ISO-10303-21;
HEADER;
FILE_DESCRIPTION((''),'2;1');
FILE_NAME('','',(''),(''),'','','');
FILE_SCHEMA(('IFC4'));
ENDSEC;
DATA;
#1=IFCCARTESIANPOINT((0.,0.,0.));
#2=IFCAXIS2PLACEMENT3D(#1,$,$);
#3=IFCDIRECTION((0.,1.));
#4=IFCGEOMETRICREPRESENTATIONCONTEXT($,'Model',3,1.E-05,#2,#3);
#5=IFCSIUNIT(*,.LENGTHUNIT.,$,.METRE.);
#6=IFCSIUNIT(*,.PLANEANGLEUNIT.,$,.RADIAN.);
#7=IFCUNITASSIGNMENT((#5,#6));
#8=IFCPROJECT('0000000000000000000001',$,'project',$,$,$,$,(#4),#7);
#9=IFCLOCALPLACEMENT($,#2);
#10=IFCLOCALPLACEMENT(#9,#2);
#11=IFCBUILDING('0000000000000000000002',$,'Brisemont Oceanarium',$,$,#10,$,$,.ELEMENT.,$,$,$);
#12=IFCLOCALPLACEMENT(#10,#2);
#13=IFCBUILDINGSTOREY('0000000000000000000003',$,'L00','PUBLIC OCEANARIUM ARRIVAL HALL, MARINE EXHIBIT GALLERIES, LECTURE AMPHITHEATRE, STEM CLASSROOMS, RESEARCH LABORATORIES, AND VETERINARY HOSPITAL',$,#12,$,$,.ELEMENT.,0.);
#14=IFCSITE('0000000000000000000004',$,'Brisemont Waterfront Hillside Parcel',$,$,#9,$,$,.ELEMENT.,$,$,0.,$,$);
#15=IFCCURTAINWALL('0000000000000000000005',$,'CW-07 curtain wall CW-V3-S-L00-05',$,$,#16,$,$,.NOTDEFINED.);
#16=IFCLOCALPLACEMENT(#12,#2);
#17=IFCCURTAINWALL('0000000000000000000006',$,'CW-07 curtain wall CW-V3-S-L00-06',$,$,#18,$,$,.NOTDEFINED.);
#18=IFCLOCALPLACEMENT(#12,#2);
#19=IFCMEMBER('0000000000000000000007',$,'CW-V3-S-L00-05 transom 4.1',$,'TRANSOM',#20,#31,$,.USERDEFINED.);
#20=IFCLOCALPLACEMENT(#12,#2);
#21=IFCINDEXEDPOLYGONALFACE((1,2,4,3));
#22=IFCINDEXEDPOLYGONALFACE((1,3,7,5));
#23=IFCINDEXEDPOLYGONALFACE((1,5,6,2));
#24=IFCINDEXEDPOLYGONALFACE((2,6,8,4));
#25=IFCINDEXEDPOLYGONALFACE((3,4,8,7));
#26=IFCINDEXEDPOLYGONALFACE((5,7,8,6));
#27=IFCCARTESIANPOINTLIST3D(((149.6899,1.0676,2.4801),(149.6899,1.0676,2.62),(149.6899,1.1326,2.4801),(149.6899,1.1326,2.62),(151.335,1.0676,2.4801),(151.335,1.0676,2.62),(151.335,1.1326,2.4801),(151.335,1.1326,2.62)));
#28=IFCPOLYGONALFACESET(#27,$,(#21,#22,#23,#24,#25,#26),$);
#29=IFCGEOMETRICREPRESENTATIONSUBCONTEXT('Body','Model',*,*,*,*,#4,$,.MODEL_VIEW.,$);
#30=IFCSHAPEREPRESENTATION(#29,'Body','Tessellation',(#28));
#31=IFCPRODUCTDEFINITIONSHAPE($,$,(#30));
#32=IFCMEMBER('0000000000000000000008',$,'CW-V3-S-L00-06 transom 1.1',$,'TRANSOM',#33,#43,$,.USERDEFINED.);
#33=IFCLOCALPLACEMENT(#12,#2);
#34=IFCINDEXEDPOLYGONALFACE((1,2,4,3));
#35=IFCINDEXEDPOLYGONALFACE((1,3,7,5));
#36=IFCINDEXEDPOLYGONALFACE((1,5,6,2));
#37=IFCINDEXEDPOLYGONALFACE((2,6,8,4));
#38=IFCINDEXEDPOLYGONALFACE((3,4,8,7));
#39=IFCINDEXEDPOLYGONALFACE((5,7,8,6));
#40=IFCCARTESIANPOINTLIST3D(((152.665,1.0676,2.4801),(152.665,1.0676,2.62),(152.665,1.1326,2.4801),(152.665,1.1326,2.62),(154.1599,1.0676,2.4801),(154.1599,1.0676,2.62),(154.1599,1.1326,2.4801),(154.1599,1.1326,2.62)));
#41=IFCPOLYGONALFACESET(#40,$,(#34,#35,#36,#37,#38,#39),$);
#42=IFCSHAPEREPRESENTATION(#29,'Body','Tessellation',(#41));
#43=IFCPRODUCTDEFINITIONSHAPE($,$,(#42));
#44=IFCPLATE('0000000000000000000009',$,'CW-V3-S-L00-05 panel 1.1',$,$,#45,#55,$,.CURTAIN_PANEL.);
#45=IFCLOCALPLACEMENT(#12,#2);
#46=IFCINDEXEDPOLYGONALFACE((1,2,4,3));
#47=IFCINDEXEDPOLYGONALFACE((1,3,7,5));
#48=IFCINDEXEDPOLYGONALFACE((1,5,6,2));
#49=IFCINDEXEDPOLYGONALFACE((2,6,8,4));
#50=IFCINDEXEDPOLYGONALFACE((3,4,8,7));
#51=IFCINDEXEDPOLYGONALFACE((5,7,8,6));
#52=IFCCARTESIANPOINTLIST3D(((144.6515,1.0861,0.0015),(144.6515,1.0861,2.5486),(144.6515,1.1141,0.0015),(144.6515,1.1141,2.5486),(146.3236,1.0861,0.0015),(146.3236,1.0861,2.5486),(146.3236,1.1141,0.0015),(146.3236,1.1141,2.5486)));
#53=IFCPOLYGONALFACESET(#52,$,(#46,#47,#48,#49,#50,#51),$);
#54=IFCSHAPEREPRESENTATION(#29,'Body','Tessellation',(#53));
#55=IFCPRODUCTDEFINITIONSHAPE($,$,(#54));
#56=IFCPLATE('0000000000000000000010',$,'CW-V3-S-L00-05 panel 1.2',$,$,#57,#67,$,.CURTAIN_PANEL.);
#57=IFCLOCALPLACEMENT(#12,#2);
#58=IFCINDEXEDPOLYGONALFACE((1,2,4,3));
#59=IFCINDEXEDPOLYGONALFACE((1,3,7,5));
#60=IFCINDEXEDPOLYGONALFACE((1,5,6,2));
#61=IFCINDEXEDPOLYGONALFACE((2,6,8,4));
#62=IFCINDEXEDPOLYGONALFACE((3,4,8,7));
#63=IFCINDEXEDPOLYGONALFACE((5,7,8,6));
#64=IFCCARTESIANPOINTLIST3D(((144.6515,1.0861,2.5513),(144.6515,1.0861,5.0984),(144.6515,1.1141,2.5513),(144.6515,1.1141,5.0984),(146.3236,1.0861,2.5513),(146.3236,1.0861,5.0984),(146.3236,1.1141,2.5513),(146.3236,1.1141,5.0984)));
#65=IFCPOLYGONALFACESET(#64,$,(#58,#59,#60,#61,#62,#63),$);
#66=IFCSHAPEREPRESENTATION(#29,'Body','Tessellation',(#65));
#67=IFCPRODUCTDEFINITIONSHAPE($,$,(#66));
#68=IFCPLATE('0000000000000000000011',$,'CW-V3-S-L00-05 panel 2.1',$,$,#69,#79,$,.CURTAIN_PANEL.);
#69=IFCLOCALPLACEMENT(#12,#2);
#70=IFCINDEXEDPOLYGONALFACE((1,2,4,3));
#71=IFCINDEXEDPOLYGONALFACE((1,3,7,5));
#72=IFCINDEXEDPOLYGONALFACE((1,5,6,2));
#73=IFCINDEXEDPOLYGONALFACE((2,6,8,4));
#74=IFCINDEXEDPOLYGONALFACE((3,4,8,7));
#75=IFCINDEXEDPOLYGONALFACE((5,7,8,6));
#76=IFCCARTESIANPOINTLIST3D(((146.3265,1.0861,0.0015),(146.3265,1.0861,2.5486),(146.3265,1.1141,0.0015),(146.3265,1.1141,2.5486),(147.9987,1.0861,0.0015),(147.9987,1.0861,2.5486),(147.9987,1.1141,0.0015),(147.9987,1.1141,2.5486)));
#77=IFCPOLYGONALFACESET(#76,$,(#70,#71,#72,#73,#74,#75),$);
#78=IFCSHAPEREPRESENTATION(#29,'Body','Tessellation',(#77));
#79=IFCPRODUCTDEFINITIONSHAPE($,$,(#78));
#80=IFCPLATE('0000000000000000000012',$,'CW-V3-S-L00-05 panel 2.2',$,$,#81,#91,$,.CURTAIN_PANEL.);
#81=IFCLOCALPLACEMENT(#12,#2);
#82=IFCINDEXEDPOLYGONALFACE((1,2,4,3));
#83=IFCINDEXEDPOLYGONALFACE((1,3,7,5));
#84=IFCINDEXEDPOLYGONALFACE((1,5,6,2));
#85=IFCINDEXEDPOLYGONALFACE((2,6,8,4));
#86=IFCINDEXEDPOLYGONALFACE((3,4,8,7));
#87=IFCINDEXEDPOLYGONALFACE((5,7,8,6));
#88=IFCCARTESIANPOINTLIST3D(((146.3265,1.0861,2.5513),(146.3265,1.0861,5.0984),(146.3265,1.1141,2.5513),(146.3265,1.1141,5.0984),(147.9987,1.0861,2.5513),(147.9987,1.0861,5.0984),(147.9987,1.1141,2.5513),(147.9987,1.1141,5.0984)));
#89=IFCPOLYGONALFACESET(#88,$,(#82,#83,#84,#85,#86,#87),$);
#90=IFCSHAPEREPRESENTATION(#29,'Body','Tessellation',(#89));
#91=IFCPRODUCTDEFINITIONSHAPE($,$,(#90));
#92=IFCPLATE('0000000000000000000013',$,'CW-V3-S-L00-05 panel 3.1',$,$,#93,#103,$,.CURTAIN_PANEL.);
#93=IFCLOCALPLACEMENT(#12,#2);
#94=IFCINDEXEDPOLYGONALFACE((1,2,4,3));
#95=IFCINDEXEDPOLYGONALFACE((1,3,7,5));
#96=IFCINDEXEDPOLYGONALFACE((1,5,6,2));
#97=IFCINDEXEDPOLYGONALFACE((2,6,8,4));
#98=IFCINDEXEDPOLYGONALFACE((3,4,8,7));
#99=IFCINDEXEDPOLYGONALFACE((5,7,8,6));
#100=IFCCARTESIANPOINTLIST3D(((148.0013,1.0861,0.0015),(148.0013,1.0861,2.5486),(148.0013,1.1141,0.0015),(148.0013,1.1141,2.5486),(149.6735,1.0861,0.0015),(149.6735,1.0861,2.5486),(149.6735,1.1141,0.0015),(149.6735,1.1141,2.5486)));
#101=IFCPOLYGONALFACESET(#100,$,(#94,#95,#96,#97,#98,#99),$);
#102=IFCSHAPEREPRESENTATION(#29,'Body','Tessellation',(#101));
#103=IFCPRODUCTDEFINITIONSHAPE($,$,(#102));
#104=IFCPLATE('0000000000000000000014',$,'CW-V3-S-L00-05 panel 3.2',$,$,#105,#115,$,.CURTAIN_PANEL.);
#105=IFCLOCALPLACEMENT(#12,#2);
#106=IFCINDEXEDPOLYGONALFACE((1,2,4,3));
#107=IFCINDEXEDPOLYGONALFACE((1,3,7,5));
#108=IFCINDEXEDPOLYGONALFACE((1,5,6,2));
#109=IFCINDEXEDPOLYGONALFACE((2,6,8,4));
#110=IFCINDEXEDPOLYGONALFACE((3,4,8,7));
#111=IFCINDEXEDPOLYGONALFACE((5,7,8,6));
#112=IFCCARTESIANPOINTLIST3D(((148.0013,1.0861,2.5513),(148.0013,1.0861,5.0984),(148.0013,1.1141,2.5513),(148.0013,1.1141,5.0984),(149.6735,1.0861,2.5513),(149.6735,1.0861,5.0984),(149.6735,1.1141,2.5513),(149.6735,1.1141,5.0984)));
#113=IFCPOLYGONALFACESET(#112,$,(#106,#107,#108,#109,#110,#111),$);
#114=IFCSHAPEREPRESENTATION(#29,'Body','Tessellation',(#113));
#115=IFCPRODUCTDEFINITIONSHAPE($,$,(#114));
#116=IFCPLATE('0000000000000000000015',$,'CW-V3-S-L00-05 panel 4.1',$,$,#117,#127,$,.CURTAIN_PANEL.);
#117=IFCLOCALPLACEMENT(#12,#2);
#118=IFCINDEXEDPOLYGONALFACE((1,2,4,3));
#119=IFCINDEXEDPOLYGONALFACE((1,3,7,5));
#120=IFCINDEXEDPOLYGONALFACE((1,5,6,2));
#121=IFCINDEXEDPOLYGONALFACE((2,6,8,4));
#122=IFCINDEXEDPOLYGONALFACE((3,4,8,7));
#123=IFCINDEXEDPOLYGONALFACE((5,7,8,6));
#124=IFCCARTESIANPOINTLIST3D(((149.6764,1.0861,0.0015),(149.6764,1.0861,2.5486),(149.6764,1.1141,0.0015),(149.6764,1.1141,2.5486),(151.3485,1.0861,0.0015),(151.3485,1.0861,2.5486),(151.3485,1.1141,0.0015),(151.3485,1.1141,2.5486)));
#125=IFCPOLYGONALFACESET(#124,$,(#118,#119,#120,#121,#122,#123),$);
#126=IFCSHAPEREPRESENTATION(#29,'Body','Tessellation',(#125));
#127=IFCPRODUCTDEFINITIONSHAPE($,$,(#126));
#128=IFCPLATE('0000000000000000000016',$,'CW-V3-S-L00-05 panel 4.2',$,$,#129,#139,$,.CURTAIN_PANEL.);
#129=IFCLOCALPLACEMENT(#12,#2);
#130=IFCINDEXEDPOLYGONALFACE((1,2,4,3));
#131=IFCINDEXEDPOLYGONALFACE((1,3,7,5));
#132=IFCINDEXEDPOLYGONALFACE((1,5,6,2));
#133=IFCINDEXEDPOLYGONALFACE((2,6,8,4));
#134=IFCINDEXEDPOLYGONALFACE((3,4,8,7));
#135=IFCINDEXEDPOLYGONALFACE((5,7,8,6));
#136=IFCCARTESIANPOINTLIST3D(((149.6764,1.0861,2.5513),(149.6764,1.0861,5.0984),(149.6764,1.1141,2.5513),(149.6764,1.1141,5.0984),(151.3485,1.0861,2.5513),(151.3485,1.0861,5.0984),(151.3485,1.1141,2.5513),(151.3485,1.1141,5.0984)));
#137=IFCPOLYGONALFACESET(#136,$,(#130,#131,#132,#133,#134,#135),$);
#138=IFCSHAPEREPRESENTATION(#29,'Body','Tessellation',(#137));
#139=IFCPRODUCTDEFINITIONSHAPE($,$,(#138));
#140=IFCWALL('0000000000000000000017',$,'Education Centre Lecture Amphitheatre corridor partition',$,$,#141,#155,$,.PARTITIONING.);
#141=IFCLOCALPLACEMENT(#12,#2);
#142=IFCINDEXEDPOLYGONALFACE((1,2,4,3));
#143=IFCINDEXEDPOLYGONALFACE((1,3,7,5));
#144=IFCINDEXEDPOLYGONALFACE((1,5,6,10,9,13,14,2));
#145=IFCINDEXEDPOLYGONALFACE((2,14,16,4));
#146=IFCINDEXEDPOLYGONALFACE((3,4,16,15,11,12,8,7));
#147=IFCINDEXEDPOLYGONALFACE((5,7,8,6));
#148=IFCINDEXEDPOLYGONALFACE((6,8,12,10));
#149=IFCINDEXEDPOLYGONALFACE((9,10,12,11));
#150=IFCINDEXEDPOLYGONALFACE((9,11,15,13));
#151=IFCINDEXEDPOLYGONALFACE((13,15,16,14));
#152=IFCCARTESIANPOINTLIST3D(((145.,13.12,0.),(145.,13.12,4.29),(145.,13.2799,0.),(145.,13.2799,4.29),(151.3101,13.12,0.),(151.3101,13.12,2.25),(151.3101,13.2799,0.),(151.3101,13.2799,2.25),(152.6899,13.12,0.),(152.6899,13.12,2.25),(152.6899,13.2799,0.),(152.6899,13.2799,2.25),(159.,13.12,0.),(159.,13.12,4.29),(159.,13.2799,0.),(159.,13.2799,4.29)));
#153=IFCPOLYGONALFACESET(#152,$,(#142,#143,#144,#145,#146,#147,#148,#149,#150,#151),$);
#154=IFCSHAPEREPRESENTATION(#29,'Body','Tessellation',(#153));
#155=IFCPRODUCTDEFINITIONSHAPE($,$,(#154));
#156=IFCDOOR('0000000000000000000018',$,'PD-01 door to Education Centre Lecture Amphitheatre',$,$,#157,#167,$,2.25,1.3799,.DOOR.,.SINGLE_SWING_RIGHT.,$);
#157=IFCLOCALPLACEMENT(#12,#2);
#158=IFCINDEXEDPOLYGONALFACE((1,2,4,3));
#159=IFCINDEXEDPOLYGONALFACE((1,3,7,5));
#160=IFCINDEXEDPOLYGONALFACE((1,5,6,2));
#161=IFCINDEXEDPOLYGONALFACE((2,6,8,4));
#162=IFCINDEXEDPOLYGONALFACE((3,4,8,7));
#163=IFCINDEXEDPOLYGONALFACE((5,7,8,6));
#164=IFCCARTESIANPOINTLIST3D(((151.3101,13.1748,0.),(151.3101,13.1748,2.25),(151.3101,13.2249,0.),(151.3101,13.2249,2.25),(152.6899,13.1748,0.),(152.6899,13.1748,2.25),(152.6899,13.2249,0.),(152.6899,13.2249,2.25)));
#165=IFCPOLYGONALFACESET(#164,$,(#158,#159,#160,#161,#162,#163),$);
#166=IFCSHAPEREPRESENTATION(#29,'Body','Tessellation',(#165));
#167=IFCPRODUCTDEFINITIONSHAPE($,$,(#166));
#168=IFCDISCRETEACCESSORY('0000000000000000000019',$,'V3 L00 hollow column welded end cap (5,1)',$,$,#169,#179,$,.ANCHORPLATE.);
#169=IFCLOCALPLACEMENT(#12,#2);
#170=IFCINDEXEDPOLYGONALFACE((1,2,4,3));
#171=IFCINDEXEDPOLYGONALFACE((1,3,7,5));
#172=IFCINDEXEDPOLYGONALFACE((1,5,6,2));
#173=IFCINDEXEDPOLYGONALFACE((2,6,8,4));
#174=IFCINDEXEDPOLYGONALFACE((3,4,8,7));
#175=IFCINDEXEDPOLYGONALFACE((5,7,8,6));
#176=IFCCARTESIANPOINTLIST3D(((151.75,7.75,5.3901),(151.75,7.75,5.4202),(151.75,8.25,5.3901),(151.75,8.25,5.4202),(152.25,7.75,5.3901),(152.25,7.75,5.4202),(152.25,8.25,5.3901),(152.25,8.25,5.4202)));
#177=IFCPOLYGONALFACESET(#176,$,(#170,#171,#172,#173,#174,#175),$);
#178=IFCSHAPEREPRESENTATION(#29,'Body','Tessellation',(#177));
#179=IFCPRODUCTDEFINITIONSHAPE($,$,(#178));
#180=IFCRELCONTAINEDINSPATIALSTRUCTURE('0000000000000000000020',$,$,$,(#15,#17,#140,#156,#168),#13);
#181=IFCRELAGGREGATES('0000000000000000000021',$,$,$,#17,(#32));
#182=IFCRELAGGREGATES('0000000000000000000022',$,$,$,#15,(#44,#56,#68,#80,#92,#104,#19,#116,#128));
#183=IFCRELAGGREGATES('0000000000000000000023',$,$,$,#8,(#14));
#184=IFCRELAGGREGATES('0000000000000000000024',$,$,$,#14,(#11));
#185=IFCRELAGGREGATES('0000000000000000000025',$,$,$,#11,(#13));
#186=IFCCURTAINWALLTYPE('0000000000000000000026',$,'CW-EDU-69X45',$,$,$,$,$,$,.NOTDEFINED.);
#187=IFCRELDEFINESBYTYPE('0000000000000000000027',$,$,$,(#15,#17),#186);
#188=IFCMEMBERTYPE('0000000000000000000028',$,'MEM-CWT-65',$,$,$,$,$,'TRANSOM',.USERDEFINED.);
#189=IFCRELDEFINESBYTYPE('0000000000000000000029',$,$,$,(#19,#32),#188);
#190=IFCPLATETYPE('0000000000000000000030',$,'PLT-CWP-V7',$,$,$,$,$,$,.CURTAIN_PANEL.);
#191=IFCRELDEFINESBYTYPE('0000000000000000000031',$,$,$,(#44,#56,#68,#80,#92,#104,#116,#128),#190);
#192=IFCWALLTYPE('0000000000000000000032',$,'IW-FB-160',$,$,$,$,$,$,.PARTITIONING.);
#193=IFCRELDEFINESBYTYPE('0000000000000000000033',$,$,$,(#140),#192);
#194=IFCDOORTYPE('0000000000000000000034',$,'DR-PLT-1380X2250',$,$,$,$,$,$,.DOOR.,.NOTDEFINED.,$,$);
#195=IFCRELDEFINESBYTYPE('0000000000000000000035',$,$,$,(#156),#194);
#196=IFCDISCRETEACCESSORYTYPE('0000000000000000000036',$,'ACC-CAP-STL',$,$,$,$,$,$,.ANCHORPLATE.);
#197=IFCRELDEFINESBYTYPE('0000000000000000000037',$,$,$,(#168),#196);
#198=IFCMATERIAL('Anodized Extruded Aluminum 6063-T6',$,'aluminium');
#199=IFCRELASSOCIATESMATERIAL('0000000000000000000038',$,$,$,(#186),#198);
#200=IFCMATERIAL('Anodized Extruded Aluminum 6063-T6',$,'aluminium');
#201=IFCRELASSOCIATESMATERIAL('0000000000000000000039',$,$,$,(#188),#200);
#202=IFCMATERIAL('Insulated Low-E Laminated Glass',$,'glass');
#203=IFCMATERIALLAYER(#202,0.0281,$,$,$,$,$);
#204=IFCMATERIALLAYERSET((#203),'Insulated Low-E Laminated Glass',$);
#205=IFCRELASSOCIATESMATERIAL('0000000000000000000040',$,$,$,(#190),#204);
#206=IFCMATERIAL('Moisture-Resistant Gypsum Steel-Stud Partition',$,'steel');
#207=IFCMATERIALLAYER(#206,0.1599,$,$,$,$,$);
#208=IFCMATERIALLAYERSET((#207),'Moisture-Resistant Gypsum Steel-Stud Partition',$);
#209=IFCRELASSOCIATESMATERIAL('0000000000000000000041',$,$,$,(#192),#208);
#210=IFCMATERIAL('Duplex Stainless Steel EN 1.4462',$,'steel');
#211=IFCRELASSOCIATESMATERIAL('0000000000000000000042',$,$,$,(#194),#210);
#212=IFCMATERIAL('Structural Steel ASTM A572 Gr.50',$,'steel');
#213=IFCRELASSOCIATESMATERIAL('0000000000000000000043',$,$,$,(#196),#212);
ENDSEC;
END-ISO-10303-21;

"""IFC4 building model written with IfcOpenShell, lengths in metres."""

from ifc_helpers import new_model, si_unit, direction, frame, frame_2d, origin, origin_2d, place, context, subcontext, project, spatial, rectangle, extrude, material, layer, layer_set, material_profile, profile_set, type_object, element, fill, aggregate, save


model = new_model("IFC4")

# Units and contexts
model_context = context("Model", 3, precision=1e-05, world=origin(), true_north=direction((0.0, 1.0)))
body_context = subcontext(model_context, "Body", "Model", "MODEL_VIEW")
ifc_project = project(units=[si_unit("LENGTHUNIT", "METRE"), si_unit("PLANEANGLEUNIT", "RADIAN")], contexts=[model_context])

# Site, building, storey
site_placement = place(None, origin())
site = spatial("IfcSite", under=ifc_project, at=site_placement, Name="Brisemont Waterfront Hillside Parcel", CompositionType="ELEMENT", RefElevation=0.0)
building_placement = place(site_placement, origin())
building = spatial("IfcBuilding", under=site, at=building_placement, Name="Brisemont Oceanarium", CompositionType="ELEMENT")
storey_placement = place(building_placement, origin())
storey = spatial("IfcBuildingStorey", under=building, at=storey_placement, Name="L00", Description="PUBLIC OCEANARIUM ARRIVAL HALL, MARINE EXHIBIT GALLERIES, LECTURE AMPHITHEATRE, STEM CLASSROOMS, RESEARCH LABORATORIES, AND VETERINARY HOSPITAL", CompositionType="ELEMENT", Elevation=0.0)

# Curtain wall
ifc_material_1 = material(Name="Anodized Extruded Aluminum 6063-T6", Category="aluminium")
curtain_wall_type = type_object("IfcCurtainWallType", Name="CW-EDU-69X45", PredefinedType="NOTDEFINED", material=ifc_material_1)
curtain_wall_1_placement = place(storey_placement, origin())
curtain_wall_1 = element("IfcCurtainWall", 1, at=curtain_wall_1_placement, inside=storey, type_object=curtain_wall_type, Name="CW-07 curtain wall CW-V3-S-L00-05", PredefinedType="NOTDEFINED")

# Curtain wall
curtain_wall_2_placement = place(storey_placement, origin())
curtain_wall_2 = element("IfcCurtainWall", 2, at=curtain_wall_2_placement, inside=storey, type_object=curtain_wall_type, Name="CW-07 curtain wall CW-V3-S-L00-06", PredefinedType="NOTDEFINED")

# Members
ifc_material_2 = material(Name="Anodized Extruded Aluminum 6063-T6", Category="aluminium")
ifc_material_profile_1 = material_profile(ifc_material_2, rectangle(XDim=0.0649, YDim=0.1399, at=origin_2d()), Name="CWT-65X140")
ifc_profile_set_1 = profile_set([ifc_material_profile_1], Name="Anodized Extruded Aluminum 6063-T6")
member_type_1 = type_object("IfcMemberType", Name="MEM-CWT-65", ElementType="TRANSOM", PredefinedType="USERDEFINED", material=ifc_profile_set_1)
member_1_placement = place(storey_placement, frame((149.6899, 1.1001, 2.55), z_axis=(1.0, 0.0, 0.0), x_axis=(0.0, 1.0, 0.0)))
member_1 = element("IfcMember", 3, at=member_1_placement, type_object=member_type_1, Name="CW-V3-S-L00-05 transom 4.1", ObjectType="TRANSOM", PredefinedType="USERDEFINED", context=body_context, shape_type="SweptSolid", body=[
    extrude(rectangle(XDim=0.0649, YDim=0.1399, at=origin_2d()), origin(), (0.0, 0.0, 1.0), 1.645),
])
member_2_placement = place(storey_placement, frame((152.665, 1.1001, 2.55), z_axis=(1.0, 0.0, 0.0), x_axis=(0.0, 1.0, 0.0)))
member_2 = element("IfcMember", 4, at=member_2_placement, type_object=member_type_1, Name="CW-V3-S-L00-06 transom 1.1", ObjectType="TRANSOM", PredefinedType="USERDEFINED", context=body_context, shape_type="SweptSolid", body=[
    extrude(rectangle(XDim=0.0649, YDim=0.1399, at=origin_2d()), origin(), (0.0, 0.0, 1.0), 1.4949),
])
aggregate(curtain_wall_2, [member_2])

# Plates
ifc_material_3 = material(Name="Insulated Low-E Laminated Glass", Category="glass")
ifc_layer_1 = layer(ifc_material_3, 0.0281)
ifc_layer_set_1 = layer_set([ifc_layer_1], Name="Insulated Low-E Laminated Glass")
plate_type = type_object("IfcPlateType", Name="PLT-CWP-V7", PredefinedType="CURTAIN_PANEL", material=ifc_layer_set_1)
plate_1_placement = place(storey_placement, frame((145.4875, 1.1001, 0.0015), z_axis=(0.0, 0.0, 1.0), x_axis=(1.0, 0.0, 0.0)))
plate_1 = element("IfcPlate", 5, at=plate_1_placement, type_object=plate_type, Name="CW-V3-S-L00-05 panel 1.1", PredefinedType="CURTAIN_PANEL", context=body_context, shape_type="SweptSolid", body=[
    extrude(rectangle(XDim=1.6721, YDim=0.0281, at=origin_2d()), origin(), (0.0, 0.0, 1.0), 2.5471),
])
plate_2_placement = place(storey_placement, frame((145.4875, 1.1001, 2.5513), z_axis=(0.0, 0.0, 1.0), x_axis=(1.0, 0.0, 0.0)))
plate_2 = element("IfcPlate", 6, at=plate_2_placement, type_object=plate_type, Name="CW-V3-S-L00-05 panel 1.2", PredefinedType="CURTAIN_PANEL", context=body_context, shape_type="SweptSolid", body=[
    extrude(rectangle(XDim=1.6721, YDim=0.0281, at=origin_2d()), origin(), (0.0, 0.0, 1.0), 2.5471),
])
plate_3_placement = place(storey_placement, frame((147.1626, 1.1001, 0.0015), z_axis=(0.0, 0.0, 1.0), x_axis=(1.0, 0.0, 0.0)))
plate_3 = element("IfcPlate", 7, at=plate_3_placement, type_object=plate_type, Name="CW-V3-S-L00-05 panel 2.1", PredefinedType="CURTAIN_PANEL", context=body_context, shape_type="SweptSolid", body=[
    extrude(rectangle(XDim=1.6721, YDim=0.0281, at=origin_2d()), origin(), (0.0, 0.0, 1.0), 2.5471),
])
plate_4_placement = place(storey_placement, frame((147.1626, 1.1001, 2.5513), z_axis=(0.0, 0.0, 1.0), x_axis=(1.0, 0.0, 0.0)))
plate_4 = element("IfcPlate", 8, at=plate_4_placement, type_object=plate_type, Name="CW-V3-S-L00-05 panel 2.2", PredefinedType="CURTAIN_PANEL", context=body_context, shape_type="SweptSolid", body=[
    extrude(rectangle(XDim=1.6721, YDim=0.0281, at=origin_2d()), origin(), (0.0, 0.0, 1.0), 2.5471),
])
plate_5_placement = place(storey_placement, frame((148.8374, 1.1001, 0.0015), z_axis=(0.0, 0.0, 1.0), x_axis=(1.0, 0.0, 0.0)))
plate_5 = element("IfcPlate", 9, at=plate_5_placement, type_object=plate_type, Name="CW-V3-S-L00-05 panel 3.1", PredefinedType="CURTAIN_PANEL", context=body_context, shape_type="SweptSolid", body=[
    extrude(rectangle(XDim=1.6721, YDim=0.0281, at=origin_2d()), origin(), (0.0, 0.0, 1.0), 2.5471),
])
plate_6_placement = place(storey_placement, frame((148.8374, 1.1001, 2.5513), z_axis=(0.0, 0.0, 1.0), x_axis=(1.0, 0.0, 0.0)))
plate_6 = element("IfcPlate", 10, at=plate_6_placement, type_object=plate_type, Name="CW-V3-S-L00-05 panel 3.2", PredefinedType="CURTAIN_PANEL", context=body_context, shape_type="SweptSolid", body=[
    extrude(rectangle(XDim=1.6721, YDim=0.0281, at=origin_2d()), origin(), (0.0, 0.0, 1.0), 2.5471),
])
plate_7_placement = place(storey_placement, frame((150.5125, 1.1001, 0.0015), z_axis=(0.0, 0.0, 1.0), x_axis=(1.0, 0.0, 0.0)))
plate_7 = element("IfcPlate", 11, at=plate_7_placement, type_object=plate_type, Name="CW-V3-S-L00-05 panel 4.1", PredefinedType="CURTAIN_PANEL", context=body_context, shape_type="SweptSolid", body=[
    extrude(rectangle(XDim=1.6721, YDim=0.0281, at=origin_2d()), origin(), (0.0, 0.0, 1.0), 2.5471),
])
plate_8_placement = place(storey_placement, frame((150.5125, 1.1001, 2.5513), z_axis=(0.0, 0.0, 1.0), x_axis=(1.0, 0.0, 0.0)))
plate_8 = element("IfcPlate", 12, at=plate_8_placement, type_object=plate_type, Name="CW-V3-S-L00-05 panel 4.2", PredefinedType="CURTAIN_PANEL", context=body_context, shape_type="SweptSolid", body=[
    extrude(rectangle(XDim=1.6721, YDim=0.0281, at=origin_2d()), origin(), (0.0, 0.0, 1.0), 2.5471),
])
aggregate(curtain_wall_1, [plate_1, plate_2, plate_3, plate_4, plate_5, plate_6, member_1, plate_7, plate_8])

# Wall, opening, door
ifc_material_4 = material(Name="Moisture-Resistant Gypsum Steel-Stud Partition", Category="steel")
ifc_layer_2 = layer(ifc_material_4, 0.1599)
ifc_layer_set_2 = layer_set([ifc_layer_2], Name="Moisture-Resistant Gypsum Steel-Stud Partition")
wall_type = type_object("IfcWallType", Name="IW-FB-160", PredefinedType="PARTITIONING", material=ifc_layer_set_2)
wall_placement = place(storey_placement, frame((145.0, 13.2, 0.0), z_axis=(0.0, 0.0, 1.0), x_axis=(1.0, 0.0, 0.0)))
wall = element("IfcWall", 13, at=wall_placement, inside=storey, type_object=wall_type, Name="Education Centre Lecture Amphitheatre corridor partition", PredefinedType="PARTITIONING", context=body_context, shape_type="SweptSolid", body=[
    extrude(rectangle(XDim=14.0, YDim=0.1599, at=frame_2d((7.0, 0.0))), origin(), (0.0, 0.0, 1.0), 4.29),
])
opening_placement = place(wall_placement, frame((6.3101, 0.0, 0.0)))
opening = element("IfcOpeningElement", 14, at=opening_placement, cuts=wall, PredefinedType="OPENING", context=body_context, shape_type="SweptSolid", body=[
    extrude(rectangle(XDim=1.3799, YDim=2.25, at=frame_2d((0.6899, 1.125))), frame((0.0, 0.0898, 0.0), z_axis=(0.0, -1.0, 0.0), x_axis=(1.0, 0.0, 0.0)), (0.0, 0.0, 1.0), 0.1799),
])
ifc_material_5 = material(Name="Duplex Stainless Steel EN 1.4462", Category="steel")
door_type = type_object("IfcDoorType", Name="DR-PLT-1380X2250", OperationType="NOTDEFINED", PredefinedType="DOOR", material=ifc_material_5)
door_placement = place(opening_placement, origin())
door = element("IfcDoor", 15, at=door_placement, inside=storey, type_object=door_type, Name="PD-01 door to Education Centre Lecture Amphitheatre", OperationType="SINGLE_SWING_RIGHT", OverallHeight=2.25, OverallWidth=1.3799, PredefinedType="DOOR", context=body_context, shape_type="SweptSolid", body=[
    extrude(rectangle(XDim=1.3799, YDim=2.25, at=frame_2d((0.6899, 1.125))), frame((0.0, 0.0249, 0.0), z_axis=(0.0, -1.0, 0.0), x_axis=(1.0, 0.0, 0.0)), (0.0, 0.0, 1.0), 0.05),
])
fill(opening, door)

# Discrete accessory
ifc_material_6 = material(Name="Structural Steel ASTM A572 Gr.50", Category="steel")
discrete_accessory_type = type_object("IfcDiscreteAccessoryType", Name="ACC-CAP-STL", PredefinedType="ANCHORPLATE", material=ifc_material_6)
discrete_accessory_placement = place(storey_placement, frame((152.0, 8.0, 5.3901), z_axis=(0.0, 0.0, 1.0), x_axis=(1.0, 0.0, 0.0)))
element("IfcDiscreteAccessory", 16, at=discrete_accessory_placement, inside=storey, type_object=discrete_accessory_type, Name="V3 L00 hollow column welded end cap (5,1)", PredefinedType="ANCHORPLATE", context=body_context, shape_type="SweptSolid", body=[
    extrude(rectangle(XDim=0.5, YDim=0.5, at=origin_2d()), origin(), (0.0, 0.0, 1.0), 0.03),
])

save(model, "model.ifc")
